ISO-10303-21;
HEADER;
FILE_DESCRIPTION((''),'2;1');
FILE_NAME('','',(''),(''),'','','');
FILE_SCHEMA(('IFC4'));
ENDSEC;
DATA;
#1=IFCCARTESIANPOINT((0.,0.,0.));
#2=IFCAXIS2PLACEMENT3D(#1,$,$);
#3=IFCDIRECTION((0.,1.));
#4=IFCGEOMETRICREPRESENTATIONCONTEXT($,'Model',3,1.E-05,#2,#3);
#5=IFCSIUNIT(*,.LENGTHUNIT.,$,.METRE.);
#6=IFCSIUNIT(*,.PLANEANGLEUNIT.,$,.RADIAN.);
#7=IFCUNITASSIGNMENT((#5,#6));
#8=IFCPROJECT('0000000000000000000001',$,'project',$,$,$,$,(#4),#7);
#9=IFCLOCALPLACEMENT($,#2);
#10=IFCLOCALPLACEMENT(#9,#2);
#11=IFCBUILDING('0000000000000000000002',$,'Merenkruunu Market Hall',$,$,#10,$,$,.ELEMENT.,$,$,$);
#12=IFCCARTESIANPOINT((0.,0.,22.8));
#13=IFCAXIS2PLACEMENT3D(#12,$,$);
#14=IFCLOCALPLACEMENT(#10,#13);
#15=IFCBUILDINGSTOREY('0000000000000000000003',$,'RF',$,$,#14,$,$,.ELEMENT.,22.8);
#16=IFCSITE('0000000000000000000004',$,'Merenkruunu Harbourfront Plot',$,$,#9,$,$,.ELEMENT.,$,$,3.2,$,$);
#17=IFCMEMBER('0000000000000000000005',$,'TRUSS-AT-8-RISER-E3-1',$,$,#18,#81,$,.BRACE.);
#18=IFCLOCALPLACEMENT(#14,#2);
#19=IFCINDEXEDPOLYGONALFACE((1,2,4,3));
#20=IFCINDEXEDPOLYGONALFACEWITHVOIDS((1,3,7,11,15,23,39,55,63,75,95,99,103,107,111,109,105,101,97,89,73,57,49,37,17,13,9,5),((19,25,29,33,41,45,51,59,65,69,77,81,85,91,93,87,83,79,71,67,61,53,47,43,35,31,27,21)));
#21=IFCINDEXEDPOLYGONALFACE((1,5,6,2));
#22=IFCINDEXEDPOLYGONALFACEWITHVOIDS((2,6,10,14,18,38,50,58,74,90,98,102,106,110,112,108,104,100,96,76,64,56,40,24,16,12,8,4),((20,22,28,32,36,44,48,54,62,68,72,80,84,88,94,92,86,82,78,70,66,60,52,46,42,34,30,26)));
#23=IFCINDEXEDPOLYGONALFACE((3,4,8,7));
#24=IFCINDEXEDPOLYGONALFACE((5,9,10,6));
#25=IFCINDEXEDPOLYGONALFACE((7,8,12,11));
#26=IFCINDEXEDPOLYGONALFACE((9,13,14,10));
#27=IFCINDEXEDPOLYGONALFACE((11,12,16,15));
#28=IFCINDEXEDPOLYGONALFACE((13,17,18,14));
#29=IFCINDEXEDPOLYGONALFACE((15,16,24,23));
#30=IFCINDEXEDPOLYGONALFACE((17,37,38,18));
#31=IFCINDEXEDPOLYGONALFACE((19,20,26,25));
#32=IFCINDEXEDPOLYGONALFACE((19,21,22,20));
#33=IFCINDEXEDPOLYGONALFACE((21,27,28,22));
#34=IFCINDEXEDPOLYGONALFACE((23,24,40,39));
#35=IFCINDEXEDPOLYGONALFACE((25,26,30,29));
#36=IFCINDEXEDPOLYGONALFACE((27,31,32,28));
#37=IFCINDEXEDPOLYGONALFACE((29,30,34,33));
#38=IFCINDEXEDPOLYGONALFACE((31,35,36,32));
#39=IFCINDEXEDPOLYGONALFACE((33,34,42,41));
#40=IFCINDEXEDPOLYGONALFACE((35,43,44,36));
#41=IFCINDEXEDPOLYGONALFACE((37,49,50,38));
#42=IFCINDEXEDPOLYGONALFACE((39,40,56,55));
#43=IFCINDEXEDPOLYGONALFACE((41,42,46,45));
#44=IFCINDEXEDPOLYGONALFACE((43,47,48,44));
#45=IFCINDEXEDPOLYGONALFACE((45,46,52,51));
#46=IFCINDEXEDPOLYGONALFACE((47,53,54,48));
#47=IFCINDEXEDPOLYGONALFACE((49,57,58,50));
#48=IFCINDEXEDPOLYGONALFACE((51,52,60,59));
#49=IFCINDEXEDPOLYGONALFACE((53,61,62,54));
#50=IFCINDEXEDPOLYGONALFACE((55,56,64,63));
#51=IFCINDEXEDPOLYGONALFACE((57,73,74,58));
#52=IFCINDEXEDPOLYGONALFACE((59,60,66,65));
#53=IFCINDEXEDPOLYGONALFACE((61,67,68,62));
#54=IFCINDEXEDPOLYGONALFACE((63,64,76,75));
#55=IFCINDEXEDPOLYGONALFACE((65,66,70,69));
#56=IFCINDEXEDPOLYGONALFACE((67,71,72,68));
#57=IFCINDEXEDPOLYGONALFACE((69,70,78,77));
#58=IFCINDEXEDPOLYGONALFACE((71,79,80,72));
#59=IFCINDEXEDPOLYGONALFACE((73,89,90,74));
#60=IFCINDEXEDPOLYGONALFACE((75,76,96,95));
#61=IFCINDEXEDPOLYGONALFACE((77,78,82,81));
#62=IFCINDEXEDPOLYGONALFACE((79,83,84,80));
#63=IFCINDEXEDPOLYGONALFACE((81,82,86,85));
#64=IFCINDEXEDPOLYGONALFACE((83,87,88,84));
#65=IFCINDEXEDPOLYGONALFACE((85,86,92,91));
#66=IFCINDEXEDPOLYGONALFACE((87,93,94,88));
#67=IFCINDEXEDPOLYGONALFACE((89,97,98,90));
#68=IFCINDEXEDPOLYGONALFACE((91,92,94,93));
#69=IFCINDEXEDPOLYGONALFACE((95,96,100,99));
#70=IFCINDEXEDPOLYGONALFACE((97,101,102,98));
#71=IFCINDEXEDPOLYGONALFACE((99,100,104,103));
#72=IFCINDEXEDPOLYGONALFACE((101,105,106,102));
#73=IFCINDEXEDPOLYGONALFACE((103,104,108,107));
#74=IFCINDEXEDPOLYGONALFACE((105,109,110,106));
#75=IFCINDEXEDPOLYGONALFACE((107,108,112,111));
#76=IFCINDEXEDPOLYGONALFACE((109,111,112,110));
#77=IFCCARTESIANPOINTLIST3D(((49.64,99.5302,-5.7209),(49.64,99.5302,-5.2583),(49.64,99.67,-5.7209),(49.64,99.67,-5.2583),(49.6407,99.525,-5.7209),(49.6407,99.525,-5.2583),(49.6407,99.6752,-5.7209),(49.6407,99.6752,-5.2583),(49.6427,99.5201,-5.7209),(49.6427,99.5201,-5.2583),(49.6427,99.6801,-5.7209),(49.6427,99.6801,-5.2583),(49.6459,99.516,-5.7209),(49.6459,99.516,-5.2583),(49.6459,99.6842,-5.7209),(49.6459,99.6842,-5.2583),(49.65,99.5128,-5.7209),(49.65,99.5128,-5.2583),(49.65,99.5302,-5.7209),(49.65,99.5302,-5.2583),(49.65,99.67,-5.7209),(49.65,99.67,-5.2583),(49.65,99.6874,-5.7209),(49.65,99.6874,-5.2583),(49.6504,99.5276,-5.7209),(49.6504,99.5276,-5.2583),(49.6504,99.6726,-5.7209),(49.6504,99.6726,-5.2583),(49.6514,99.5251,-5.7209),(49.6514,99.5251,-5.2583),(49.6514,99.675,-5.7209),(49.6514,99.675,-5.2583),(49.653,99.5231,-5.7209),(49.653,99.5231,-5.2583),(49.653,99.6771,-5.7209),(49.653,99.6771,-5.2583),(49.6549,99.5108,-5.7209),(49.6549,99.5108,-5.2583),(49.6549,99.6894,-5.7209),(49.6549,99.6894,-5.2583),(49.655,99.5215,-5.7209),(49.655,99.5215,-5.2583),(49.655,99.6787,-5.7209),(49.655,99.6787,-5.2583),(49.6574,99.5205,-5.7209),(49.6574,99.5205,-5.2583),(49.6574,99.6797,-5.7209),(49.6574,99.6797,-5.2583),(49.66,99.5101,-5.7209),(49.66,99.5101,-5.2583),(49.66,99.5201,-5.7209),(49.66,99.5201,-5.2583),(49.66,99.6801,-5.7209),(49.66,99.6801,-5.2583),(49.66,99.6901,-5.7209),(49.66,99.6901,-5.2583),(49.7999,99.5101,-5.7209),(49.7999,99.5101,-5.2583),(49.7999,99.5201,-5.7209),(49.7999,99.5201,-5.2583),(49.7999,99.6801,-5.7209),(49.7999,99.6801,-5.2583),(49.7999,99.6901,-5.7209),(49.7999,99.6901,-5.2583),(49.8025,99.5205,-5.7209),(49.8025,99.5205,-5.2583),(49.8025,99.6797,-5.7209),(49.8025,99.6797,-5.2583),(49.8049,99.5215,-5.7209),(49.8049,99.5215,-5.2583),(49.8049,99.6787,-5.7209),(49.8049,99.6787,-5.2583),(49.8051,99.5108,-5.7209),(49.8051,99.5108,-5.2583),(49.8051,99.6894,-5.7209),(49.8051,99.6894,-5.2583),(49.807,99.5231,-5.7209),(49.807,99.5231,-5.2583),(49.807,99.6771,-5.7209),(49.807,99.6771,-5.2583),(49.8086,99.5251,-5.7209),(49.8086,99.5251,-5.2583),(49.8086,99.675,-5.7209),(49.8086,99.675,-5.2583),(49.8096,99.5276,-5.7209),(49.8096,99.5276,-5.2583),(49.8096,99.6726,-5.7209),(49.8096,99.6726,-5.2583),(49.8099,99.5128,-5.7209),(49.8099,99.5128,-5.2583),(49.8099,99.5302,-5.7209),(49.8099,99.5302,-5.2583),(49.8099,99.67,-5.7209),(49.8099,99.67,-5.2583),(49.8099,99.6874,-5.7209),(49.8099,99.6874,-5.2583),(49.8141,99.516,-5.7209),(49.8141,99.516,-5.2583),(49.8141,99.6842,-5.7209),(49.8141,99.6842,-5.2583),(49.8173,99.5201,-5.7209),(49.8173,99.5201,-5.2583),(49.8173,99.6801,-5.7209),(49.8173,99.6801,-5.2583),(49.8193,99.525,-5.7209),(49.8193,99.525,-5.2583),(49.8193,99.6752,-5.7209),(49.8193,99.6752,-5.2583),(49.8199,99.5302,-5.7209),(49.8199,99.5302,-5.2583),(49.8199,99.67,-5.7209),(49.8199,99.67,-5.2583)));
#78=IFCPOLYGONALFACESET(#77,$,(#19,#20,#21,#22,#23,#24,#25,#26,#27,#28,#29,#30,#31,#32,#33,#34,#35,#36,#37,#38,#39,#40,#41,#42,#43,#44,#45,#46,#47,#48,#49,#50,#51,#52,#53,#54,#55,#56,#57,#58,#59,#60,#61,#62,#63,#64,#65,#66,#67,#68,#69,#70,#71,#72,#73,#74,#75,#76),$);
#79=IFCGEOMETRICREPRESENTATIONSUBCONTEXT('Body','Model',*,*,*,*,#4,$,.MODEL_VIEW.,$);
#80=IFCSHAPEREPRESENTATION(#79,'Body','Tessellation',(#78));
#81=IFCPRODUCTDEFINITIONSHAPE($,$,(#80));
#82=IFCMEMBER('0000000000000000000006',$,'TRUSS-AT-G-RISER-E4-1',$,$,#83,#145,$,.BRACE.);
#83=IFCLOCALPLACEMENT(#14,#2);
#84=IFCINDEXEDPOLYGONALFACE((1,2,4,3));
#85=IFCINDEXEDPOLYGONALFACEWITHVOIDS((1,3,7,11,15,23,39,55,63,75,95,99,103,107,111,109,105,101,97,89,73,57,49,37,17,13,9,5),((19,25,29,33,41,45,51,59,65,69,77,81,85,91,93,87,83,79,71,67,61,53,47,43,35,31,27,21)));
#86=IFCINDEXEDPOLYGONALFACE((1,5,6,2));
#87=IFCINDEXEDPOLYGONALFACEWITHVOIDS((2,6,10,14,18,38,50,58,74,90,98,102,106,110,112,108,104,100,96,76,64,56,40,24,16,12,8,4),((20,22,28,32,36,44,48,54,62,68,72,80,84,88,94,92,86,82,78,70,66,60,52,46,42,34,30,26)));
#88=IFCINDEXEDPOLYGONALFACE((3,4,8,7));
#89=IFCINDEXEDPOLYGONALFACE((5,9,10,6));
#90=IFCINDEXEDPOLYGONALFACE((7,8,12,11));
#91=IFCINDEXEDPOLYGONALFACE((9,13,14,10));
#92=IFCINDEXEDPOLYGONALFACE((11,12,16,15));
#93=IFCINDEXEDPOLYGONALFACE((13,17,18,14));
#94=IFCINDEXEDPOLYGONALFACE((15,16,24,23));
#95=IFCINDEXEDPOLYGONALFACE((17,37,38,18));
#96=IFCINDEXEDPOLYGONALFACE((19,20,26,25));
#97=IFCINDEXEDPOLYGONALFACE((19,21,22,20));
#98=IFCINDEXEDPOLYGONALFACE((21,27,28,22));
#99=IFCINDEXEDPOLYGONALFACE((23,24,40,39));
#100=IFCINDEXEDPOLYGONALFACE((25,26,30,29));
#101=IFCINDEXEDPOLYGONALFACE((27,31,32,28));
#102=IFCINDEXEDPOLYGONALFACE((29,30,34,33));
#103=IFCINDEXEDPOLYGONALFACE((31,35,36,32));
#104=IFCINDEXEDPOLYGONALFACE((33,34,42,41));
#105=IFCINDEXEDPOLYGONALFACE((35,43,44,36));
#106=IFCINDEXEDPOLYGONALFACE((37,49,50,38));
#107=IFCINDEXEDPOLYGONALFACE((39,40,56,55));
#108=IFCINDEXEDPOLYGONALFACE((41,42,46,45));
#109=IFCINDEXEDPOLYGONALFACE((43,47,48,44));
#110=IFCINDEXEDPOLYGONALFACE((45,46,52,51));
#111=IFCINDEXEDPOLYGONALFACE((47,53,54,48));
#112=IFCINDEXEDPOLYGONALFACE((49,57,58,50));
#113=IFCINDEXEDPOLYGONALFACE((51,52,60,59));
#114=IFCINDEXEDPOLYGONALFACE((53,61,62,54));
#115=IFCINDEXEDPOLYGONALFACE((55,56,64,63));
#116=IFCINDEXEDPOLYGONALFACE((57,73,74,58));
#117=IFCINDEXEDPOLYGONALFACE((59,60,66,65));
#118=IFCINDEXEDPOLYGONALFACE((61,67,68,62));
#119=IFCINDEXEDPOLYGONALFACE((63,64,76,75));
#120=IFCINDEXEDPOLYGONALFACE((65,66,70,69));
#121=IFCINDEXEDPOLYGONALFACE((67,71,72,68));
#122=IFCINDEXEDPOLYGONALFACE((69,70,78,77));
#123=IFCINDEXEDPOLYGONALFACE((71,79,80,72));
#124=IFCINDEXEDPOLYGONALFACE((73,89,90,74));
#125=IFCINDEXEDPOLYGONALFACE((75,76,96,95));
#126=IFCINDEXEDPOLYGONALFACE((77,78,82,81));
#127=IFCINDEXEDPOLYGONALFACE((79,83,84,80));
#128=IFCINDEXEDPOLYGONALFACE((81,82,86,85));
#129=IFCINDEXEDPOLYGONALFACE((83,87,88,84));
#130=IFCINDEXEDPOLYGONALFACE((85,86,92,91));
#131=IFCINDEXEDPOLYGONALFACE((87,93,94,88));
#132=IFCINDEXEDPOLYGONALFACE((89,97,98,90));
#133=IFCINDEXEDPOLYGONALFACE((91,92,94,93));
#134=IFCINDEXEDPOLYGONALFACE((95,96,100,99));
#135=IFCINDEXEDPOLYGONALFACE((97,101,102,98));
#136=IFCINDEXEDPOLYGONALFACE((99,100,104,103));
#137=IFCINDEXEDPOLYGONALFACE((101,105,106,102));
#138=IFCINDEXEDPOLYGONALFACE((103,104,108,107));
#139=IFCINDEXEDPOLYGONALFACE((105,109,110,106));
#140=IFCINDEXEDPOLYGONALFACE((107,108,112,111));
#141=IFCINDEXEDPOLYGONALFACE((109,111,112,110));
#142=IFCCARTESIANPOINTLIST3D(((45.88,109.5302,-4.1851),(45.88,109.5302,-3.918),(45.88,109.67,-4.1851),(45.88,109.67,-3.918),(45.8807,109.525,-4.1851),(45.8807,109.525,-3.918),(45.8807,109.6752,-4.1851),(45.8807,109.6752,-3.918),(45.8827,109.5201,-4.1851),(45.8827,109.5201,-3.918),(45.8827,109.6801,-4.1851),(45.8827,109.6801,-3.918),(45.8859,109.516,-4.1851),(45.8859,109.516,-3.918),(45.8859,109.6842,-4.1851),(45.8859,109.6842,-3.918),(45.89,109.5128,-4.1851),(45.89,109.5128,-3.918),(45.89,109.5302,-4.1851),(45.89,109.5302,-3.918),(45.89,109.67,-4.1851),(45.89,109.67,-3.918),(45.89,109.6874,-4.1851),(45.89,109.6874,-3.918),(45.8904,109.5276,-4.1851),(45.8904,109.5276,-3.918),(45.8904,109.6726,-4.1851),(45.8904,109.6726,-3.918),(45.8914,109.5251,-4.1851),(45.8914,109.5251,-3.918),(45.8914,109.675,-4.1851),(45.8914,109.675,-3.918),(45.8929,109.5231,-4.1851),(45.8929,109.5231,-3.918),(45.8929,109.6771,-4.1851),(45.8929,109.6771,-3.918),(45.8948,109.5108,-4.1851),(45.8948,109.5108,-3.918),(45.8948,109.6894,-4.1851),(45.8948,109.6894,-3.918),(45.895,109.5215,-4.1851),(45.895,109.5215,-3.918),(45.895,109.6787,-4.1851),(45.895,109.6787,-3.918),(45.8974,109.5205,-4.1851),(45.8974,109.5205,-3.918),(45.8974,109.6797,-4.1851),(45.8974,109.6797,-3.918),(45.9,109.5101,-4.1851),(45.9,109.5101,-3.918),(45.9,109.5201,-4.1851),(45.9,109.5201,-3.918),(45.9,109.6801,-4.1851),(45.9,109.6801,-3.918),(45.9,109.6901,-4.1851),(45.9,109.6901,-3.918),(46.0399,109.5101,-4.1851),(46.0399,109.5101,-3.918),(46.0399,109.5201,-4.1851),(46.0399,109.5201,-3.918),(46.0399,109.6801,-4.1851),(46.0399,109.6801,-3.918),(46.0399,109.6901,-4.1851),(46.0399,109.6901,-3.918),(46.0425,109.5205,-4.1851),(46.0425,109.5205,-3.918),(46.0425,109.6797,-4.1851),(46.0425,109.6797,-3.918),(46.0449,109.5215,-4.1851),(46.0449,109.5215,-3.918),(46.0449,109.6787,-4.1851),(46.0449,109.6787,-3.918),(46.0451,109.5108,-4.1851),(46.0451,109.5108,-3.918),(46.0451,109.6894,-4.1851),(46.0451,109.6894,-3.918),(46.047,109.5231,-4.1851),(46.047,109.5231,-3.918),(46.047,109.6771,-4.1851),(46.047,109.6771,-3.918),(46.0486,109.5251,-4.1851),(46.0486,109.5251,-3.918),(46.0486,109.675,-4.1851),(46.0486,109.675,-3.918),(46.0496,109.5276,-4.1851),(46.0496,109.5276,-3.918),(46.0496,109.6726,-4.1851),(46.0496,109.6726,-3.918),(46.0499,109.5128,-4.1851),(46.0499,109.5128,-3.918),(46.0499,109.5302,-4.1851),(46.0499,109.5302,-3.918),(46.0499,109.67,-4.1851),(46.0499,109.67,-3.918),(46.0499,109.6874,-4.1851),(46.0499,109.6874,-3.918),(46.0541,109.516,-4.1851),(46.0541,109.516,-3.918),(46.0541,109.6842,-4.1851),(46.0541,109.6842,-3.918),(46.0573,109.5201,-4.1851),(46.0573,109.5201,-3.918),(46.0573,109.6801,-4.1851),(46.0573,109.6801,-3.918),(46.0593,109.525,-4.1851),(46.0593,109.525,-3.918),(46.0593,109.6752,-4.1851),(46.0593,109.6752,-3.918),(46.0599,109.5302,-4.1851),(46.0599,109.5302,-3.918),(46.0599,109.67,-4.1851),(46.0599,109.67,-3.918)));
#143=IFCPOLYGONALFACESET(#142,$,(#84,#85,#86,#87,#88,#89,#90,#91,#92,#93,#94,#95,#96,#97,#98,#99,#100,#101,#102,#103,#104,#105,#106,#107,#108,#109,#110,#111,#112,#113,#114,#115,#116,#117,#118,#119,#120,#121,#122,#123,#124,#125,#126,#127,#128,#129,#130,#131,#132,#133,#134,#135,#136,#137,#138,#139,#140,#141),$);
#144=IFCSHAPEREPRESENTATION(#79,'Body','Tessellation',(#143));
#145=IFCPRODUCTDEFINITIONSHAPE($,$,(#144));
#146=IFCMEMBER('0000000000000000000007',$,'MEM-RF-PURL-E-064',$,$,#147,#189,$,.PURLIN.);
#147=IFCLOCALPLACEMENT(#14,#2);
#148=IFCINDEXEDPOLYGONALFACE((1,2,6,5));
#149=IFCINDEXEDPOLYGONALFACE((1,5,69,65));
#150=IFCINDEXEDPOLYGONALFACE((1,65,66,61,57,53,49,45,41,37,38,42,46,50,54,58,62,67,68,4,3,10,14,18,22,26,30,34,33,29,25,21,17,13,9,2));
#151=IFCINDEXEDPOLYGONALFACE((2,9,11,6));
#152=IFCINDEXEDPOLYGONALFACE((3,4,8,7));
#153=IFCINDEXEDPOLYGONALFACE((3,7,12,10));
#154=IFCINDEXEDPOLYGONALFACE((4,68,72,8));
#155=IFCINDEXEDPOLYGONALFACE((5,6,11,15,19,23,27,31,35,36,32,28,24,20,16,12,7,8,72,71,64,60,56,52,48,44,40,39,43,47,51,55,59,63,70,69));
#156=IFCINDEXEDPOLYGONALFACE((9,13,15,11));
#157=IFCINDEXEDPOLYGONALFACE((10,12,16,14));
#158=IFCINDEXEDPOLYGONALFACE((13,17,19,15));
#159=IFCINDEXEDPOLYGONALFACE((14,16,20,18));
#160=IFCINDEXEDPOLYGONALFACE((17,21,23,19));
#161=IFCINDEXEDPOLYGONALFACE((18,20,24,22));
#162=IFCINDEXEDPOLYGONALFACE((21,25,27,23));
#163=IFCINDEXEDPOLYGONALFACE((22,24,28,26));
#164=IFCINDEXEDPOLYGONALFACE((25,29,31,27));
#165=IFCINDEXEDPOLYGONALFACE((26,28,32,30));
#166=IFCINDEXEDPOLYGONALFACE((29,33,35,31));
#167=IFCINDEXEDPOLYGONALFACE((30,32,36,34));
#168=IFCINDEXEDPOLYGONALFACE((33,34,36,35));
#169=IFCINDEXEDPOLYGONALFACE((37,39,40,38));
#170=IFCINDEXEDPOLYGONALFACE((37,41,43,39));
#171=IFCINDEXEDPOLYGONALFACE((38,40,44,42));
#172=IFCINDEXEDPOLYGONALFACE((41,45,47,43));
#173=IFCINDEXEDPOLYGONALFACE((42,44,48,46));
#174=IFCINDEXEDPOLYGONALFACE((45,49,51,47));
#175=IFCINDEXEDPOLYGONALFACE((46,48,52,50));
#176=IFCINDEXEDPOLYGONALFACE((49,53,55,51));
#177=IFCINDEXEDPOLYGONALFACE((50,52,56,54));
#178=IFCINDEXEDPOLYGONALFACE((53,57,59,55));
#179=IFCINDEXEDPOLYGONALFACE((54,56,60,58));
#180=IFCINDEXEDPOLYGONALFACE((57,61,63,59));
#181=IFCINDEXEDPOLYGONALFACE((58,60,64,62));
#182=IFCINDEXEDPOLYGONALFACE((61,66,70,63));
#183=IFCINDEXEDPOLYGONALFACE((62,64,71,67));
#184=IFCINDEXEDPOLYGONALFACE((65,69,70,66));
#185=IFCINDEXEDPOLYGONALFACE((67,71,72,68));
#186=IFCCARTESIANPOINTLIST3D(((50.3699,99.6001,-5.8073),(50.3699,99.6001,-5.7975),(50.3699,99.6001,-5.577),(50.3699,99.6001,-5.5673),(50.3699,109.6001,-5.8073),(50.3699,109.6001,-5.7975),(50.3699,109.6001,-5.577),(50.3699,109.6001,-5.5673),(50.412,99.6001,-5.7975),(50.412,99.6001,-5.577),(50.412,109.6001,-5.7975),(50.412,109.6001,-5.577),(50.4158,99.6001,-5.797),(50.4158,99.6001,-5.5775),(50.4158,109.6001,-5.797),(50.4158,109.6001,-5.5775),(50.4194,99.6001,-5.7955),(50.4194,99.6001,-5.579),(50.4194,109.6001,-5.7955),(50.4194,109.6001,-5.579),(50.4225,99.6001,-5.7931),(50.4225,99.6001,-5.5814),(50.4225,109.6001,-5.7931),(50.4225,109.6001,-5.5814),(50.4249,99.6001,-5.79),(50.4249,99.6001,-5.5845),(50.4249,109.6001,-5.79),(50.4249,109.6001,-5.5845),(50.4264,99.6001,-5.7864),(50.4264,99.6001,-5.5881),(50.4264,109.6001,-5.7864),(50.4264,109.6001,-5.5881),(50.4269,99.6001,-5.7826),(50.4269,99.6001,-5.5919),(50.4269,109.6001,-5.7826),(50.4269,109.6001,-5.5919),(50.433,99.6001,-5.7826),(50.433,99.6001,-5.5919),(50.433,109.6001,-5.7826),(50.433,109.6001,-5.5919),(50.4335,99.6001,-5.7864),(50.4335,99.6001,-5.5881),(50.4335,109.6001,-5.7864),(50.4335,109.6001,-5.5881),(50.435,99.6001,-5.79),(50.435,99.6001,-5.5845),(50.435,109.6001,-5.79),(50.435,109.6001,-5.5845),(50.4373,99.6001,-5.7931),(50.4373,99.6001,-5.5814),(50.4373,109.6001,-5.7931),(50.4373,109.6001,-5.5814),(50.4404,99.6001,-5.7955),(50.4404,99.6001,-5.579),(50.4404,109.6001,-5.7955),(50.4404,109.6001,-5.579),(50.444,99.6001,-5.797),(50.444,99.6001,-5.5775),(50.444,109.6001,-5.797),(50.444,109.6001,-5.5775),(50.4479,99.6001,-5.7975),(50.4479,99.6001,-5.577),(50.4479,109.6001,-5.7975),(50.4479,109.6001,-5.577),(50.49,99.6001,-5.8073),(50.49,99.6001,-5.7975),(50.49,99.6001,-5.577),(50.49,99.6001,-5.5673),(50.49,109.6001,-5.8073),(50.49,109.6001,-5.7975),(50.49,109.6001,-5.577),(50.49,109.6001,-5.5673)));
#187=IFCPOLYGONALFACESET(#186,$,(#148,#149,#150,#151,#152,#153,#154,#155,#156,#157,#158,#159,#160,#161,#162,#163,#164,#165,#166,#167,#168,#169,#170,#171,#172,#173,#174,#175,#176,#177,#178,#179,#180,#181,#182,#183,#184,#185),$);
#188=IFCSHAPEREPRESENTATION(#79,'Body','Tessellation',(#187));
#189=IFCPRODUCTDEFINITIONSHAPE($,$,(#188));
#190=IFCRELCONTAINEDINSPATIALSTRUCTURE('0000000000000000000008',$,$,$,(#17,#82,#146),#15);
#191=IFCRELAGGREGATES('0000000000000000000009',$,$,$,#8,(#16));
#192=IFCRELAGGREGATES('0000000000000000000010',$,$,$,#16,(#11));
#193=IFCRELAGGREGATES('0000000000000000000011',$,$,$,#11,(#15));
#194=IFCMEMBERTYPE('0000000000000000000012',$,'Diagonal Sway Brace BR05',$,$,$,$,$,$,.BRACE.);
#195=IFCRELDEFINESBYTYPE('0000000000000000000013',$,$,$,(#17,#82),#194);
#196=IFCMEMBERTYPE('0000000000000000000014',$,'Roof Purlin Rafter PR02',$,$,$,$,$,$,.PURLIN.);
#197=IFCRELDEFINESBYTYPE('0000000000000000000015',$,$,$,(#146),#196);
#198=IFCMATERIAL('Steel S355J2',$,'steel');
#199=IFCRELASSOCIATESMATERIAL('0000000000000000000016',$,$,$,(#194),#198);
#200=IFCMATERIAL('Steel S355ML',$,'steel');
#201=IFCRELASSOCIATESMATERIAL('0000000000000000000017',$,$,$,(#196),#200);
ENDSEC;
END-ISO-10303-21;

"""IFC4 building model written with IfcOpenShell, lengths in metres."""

from ifc_helpers import new_model, si_unit, direction, frame, origin, origin_2d, place, context, subcontext, project, spatial, hollow_rectangle, i_section, extrude, material, material_profile, profile_set, type_object, element, save


model = new_model("IFC4")

# Units and contexts
model_context = context("Model", 3, precision=1e-05, world=origin(), true_north=direction((0.0, 1.0)))
body_context = subcontext(model_context, "Body", "Model", "MODEL_VIEW")
ifc_project = project(units=[si_unit("LENGTHUNIT", "METRE"), si_unit("PLANEANGLEUNIT", "RADIAN")], contexts=[model_context])

# Site, building, storey
site_placement = place(None, origin())
site = spatial("IfcSite", under=ifc_project, at=site_placement, Name="Merenkruunu Harbourfront Plot", CompositionType="ELEMENT", RefElevation=3.2)
building_placement = place(site_placement, origin())
building = spatial("IfcBuilding", under=site, at=building_placement, Name="Merenkruunu Market Hall", CompositionType="ELEMENT")
storey_placement = place(building_placement, frame((0.0, 0.0, 22.8)))
storey = spatial("IfcBuildingStorey", under=building, at=storey_placement, Name="RF", CompositionType="ELEMENT", Elevation=22.8)

# Shared definitions
ifc_material_1 = material(Name="Steel S355ML", Category="steel")

# Members
ifc_material_2 = material(Name="Steel S355J2", Category="steel")
ifc_material_profile_1 = material_profile(ifc_material_2, hollow_rectangle(XDim=0.1799, YDim=0.1799, WallThickness=0.01, InnerFilletRadius=0.01, OuterFilletRadius=0.02, at=origin_2d()), Name="SHS 180x180x10")
ifc_profile_set_1 = profile_set([ifc_material_profile_1], Name="Steel S355J2")
member_type_1 = type_object("IfcMemberType", Name="Diagonal Sway Brace BR05", PredefinedType="BRACE", material=ifc_profile_set_1)
member_1_placement = place(storey_placement, frame((49.73, 99.6001, -5.7209), z_axis=(0.0, 0.0, 1.0), x_axis=(1.0, 0.0, 0.0)))
element("IfcMember", 1, at=member_1_placement, inside=storey, type_object=member_type_1, Name="TRUSS-AT-8-RISER-E3-1", PredefinedType="BRACE", context=body_context, shape_type="SweptSolid", body=[
    extrude(hollow_rectangle(XDim=0.1799, YDim=0.1799, WallThickness=0.01, InnerFilletRadius=0.01, OuterFilletRadius=0.02, at=origin_2d()), origin(), (0.0, 0.0, 1.0), 0.4626),
])
member_2_placement = place(storey_placement, frame((45.97, 109.6001, -4.1851), z_axis=(0.0, 0.0, 1.0), x_axis=(1.0, 0.0, 0.0)))
element("IfcMember", 2, at=member_2_placement, inside=storey, type_object=member_type_1, Name="TRUSS-AT-G-RISER-E4-1", PredefinedType="BRACE", context=body_context, shape_type="SweptSolid", body=[
    extrude(hollow_rectangle(XDim=0.1799, YDim=0.1799, WallThickness=0.01, InnerFilletRadius=0.01, OuterFilletRadius=0.02, at=origin_2d()), origin(), (0.0, 0.0, 1.0), 0.2671),
])
ifc_material_profile_2 = material_profile(ifc_material_1, i_section(OverallWidth=0.1201, OverallDepth=0.24, WebThickness=0.0061, FlangeThickness=0.0098, FilletRadius=0.0149, at=origin_2d()), Name="IPE 240")
ifc_profile_set_2 = profile_set([ifc_material_profile_2], Name="Steel S355ML")
member_type_2 = type_object("IfcMemberType", Name="Roof Purlin Rafter PR02", PredefinedType="PURLIN", material=ifc_profile_set_2)
member_3_placement = place(storey_placement, frame((50.4299, 99.6001, -5.6873), z_axis=(0.0, 1.0, 0.0), x_axis=(-1.0, 0.0, 0.0)))
element("IfcMember", 3, at=member_3_placement, inside=storey, type_object=member_type_2, Name="MEM-RF-PURL-E-064", PredefinedType="PURLIN", context=body_context, shape_type="SweptSolid", body=[
    extrude(i_section(OverallWidth=0.1201, OverallDepth=0.24, WebThickness=0.0061, FlangeThickness=0.0098, FilletRadius=0.0149, at=origin_2d()), origin(), (0.0, 0.0, 1.0), 10.0),
])

save(model, "model.ifc")
